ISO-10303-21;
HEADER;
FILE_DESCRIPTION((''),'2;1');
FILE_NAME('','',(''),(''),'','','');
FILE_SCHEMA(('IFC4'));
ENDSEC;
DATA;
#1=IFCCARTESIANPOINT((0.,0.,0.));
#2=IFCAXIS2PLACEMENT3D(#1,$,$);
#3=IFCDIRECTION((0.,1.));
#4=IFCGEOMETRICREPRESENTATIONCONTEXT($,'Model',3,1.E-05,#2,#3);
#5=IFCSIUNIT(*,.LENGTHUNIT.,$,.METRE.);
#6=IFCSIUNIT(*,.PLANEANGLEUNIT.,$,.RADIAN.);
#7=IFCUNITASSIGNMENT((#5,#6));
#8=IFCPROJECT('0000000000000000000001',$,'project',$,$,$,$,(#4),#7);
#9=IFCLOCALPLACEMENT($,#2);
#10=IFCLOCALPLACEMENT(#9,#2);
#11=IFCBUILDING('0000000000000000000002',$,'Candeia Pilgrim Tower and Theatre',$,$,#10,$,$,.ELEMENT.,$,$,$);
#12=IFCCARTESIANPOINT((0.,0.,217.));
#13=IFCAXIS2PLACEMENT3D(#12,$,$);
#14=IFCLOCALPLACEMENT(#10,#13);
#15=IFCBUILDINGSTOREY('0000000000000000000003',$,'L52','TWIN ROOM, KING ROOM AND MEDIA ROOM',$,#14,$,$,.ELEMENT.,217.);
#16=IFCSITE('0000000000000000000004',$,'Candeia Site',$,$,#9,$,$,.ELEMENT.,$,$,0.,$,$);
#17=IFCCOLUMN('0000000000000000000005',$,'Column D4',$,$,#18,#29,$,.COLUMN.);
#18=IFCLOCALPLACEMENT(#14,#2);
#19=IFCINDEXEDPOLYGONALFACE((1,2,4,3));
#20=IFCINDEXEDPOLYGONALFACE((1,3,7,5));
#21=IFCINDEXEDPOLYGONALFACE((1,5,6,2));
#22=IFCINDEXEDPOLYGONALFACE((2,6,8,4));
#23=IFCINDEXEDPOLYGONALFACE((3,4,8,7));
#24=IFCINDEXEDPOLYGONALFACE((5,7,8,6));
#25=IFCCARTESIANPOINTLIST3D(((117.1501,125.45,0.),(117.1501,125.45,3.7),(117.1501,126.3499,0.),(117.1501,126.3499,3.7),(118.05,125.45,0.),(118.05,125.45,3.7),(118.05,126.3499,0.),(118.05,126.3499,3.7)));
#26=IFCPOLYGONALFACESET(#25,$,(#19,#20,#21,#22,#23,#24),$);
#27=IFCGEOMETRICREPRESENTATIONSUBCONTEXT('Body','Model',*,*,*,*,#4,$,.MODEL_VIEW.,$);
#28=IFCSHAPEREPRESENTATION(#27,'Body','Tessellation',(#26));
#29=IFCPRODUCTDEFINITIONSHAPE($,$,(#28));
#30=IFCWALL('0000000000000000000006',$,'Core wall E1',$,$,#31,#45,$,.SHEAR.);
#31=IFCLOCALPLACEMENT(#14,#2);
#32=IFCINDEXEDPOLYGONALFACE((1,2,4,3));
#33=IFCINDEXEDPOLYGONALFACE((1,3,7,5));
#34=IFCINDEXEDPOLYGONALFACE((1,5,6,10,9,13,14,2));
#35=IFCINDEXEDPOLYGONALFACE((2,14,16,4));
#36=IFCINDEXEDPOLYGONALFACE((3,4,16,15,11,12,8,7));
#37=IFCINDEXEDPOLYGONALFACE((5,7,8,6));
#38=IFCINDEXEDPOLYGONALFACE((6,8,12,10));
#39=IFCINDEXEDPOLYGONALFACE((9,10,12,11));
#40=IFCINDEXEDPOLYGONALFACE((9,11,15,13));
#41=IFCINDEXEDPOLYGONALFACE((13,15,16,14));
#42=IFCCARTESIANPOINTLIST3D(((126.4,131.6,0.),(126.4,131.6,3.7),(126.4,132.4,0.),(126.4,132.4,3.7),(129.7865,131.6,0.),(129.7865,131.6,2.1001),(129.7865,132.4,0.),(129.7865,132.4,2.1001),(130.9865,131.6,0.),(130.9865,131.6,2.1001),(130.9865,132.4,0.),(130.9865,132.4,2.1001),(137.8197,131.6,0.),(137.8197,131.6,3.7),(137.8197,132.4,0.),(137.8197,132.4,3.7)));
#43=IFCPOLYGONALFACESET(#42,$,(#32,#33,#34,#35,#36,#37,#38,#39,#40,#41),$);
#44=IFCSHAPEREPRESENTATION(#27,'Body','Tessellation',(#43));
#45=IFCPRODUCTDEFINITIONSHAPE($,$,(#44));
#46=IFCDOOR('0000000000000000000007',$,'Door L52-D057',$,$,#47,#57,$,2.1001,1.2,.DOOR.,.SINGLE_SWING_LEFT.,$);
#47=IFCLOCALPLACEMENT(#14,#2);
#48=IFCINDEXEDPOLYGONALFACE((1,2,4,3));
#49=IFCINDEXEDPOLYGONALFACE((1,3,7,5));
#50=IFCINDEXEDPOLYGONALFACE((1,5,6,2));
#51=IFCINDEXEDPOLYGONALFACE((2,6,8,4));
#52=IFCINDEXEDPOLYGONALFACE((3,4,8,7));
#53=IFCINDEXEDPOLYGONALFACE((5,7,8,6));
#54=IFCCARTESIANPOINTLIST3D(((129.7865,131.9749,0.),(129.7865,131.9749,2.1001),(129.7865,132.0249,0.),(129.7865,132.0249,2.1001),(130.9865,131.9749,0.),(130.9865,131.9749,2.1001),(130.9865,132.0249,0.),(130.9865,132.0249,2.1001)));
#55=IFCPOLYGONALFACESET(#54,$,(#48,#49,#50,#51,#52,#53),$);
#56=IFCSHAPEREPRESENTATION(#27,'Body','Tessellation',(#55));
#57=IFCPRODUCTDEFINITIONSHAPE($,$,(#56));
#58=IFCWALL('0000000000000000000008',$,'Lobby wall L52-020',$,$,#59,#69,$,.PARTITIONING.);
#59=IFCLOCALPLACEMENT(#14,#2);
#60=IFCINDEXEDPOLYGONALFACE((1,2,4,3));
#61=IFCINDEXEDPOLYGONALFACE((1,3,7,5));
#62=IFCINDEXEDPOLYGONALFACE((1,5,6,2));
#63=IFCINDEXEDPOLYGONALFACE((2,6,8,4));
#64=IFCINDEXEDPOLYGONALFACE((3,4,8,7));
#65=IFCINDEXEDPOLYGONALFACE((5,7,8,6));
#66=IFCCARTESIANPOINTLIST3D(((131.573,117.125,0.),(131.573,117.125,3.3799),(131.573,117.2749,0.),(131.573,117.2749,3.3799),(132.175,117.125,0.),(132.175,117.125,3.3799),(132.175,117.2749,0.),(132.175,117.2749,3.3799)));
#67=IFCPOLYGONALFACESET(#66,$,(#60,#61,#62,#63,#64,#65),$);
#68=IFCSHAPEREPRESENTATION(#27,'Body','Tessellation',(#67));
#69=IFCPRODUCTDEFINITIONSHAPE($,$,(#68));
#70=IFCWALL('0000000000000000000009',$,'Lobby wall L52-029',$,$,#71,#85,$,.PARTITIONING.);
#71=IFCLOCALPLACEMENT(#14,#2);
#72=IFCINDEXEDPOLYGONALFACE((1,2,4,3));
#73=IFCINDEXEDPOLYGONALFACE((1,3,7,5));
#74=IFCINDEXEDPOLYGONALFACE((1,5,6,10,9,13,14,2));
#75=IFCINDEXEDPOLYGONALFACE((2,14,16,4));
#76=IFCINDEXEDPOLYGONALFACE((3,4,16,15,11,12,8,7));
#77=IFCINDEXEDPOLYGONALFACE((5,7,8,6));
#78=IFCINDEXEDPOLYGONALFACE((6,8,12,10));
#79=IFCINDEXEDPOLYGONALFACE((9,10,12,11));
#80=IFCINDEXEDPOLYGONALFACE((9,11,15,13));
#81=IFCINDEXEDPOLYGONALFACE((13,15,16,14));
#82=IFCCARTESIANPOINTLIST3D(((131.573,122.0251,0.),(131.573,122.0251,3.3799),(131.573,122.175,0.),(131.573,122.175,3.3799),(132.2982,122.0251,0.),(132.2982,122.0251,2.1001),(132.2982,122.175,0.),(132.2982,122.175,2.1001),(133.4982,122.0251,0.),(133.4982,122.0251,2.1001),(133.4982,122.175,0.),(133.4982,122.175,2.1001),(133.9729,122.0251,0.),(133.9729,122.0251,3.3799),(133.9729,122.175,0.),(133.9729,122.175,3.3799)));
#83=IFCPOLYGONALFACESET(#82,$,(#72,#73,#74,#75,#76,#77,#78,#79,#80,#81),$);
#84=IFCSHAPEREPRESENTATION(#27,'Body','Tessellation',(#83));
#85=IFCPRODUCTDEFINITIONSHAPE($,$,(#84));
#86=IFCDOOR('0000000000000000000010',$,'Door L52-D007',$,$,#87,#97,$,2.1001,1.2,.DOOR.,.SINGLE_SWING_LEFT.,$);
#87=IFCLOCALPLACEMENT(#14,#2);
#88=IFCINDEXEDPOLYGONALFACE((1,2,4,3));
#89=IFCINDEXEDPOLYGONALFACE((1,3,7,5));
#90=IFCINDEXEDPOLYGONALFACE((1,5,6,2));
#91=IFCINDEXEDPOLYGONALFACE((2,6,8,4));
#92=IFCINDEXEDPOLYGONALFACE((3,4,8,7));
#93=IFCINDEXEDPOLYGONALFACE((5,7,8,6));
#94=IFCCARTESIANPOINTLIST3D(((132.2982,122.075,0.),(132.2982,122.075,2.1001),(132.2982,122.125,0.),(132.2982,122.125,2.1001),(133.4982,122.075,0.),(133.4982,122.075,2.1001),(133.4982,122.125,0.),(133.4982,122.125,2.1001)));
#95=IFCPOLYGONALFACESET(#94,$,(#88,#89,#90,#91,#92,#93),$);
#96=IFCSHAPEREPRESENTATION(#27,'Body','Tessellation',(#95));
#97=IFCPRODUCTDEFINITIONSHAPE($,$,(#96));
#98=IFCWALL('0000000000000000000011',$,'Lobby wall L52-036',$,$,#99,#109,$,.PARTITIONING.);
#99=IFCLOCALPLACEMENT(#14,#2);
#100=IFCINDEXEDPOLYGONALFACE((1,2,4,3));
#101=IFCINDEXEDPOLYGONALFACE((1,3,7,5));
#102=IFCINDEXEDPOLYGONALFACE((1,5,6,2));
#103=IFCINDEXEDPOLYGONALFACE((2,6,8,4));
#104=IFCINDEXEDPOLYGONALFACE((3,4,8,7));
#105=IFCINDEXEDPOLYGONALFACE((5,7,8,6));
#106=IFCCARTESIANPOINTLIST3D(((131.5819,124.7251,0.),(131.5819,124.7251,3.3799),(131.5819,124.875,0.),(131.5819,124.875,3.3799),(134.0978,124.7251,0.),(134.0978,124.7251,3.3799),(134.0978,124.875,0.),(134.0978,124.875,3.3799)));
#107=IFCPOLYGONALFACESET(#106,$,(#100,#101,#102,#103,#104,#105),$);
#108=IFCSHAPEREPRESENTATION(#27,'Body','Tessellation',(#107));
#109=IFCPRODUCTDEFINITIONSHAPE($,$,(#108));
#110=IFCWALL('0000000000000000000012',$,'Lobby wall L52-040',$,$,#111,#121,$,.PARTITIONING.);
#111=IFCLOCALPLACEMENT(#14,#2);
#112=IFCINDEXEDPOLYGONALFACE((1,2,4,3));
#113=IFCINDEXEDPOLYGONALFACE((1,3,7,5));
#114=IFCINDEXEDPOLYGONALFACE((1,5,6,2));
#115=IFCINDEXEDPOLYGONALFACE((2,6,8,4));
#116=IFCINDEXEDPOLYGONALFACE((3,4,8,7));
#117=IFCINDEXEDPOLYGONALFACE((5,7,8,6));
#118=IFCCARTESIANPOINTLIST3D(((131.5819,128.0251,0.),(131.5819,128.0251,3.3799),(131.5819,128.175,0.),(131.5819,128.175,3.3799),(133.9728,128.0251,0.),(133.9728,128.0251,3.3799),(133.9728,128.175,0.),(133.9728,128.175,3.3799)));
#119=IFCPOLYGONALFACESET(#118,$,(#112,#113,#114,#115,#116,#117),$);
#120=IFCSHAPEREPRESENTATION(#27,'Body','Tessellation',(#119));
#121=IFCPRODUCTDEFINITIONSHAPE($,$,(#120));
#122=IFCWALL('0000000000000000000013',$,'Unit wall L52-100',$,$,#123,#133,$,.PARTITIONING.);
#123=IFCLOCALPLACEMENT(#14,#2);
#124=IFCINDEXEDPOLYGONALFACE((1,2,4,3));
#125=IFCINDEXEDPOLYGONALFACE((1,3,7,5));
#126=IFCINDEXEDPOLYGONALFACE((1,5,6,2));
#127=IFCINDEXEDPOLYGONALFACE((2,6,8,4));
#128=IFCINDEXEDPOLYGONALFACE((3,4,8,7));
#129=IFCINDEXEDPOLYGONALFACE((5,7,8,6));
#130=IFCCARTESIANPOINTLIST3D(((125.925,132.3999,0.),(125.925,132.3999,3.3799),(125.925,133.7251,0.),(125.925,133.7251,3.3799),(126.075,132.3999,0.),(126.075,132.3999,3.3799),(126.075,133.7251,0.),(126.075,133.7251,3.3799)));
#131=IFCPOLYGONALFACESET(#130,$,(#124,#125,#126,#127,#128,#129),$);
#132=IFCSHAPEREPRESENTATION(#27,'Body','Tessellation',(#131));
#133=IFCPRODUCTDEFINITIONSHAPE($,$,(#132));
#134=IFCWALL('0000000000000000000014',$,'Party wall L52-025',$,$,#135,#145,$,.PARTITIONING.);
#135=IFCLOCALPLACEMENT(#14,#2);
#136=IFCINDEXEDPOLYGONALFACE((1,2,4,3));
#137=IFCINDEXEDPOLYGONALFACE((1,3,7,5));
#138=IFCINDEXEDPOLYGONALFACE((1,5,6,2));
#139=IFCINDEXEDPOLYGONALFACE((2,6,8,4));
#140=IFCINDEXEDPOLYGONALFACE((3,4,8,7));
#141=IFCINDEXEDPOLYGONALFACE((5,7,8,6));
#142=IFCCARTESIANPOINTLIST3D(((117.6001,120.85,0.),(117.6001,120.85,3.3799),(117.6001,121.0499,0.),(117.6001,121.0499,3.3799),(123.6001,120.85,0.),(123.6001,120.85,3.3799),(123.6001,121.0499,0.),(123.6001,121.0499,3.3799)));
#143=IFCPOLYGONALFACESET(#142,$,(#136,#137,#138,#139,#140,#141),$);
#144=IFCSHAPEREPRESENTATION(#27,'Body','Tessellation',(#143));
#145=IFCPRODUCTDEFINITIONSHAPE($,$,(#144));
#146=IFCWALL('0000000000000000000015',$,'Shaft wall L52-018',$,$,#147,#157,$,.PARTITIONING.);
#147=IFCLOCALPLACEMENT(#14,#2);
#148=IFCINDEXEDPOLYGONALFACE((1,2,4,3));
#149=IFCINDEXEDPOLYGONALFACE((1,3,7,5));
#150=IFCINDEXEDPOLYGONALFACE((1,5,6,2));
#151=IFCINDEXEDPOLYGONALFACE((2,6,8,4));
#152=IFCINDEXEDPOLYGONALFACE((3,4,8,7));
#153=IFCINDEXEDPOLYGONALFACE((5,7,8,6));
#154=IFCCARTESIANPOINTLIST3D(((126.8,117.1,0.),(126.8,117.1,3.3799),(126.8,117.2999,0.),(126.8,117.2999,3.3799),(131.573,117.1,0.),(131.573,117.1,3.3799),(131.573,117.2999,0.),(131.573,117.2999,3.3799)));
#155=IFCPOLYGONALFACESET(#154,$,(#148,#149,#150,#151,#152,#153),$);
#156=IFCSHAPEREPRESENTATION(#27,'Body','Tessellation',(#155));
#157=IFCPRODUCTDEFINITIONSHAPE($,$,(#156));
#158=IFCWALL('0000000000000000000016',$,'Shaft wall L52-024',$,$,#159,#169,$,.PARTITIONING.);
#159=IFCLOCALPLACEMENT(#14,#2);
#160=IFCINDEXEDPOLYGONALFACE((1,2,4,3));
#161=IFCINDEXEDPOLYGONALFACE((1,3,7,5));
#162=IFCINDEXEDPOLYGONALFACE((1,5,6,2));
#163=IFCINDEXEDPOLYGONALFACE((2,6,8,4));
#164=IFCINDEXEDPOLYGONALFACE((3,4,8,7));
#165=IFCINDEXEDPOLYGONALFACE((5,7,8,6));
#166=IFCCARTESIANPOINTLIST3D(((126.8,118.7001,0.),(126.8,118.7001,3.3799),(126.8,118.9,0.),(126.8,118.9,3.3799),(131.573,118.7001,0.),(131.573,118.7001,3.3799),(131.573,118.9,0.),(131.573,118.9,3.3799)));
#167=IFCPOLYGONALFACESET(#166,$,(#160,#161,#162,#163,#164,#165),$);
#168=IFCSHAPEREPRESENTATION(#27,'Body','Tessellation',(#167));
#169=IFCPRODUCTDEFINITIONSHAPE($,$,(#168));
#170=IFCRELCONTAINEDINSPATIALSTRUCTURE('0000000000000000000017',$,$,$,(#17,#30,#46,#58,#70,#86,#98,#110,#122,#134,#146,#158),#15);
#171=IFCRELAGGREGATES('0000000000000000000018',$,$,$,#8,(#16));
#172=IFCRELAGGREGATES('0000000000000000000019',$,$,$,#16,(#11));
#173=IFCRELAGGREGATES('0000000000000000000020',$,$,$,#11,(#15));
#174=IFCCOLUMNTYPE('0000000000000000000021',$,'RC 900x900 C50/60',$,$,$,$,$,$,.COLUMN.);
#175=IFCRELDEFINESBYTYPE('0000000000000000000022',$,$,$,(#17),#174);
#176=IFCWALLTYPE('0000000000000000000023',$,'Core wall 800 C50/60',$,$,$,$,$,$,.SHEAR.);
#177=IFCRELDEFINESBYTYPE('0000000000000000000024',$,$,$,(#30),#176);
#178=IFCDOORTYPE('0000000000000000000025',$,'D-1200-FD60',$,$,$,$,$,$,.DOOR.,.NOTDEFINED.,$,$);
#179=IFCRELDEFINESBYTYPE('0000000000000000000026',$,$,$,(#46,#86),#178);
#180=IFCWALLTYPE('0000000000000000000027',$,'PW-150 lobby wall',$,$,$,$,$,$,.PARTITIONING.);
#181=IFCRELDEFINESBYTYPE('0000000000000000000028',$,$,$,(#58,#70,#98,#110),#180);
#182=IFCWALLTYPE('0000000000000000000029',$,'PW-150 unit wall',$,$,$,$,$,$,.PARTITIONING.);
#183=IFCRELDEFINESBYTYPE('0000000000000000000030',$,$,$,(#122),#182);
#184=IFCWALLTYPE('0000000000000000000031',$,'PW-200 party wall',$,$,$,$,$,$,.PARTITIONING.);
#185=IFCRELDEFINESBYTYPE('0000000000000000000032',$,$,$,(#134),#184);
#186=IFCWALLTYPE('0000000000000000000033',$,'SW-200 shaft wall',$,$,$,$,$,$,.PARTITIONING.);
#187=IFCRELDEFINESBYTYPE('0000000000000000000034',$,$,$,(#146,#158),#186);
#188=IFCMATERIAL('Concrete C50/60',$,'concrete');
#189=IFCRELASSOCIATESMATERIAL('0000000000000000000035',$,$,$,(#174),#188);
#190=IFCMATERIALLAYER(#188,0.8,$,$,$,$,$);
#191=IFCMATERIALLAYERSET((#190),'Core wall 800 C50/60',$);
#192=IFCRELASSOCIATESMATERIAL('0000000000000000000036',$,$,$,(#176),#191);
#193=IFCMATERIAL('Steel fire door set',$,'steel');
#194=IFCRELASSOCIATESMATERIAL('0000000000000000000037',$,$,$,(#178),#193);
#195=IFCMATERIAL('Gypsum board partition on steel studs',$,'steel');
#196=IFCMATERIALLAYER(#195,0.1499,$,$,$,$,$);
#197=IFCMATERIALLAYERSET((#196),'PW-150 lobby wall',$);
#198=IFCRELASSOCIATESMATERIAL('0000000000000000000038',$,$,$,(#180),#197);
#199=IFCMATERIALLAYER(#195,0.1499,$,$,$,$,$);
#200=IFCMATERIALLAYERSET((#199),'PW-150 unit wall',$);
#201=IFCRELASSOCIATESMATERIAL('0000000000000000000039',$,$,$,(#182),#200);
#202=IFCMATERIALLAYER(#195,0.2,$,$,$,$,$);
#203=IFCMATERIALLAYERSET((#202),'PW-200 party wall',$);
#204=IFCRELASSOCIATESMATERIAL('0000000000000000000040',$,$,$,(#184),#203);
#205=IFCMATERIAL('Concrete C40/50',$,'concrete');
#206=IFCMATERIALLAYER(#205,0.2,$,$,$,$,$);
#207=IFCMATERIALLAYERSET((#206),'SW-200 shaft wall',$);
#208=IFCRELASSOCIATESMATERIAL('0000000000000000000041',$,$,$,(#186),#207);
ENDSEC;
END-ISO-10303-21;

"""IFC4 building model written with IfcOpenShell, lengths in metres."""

from ifc_helpers import new_model, si_unit, direction, frame, frame_2d, origin, origin_2d, place, context, subcontext, project, spatial, rectangle, extrude, material, layer, layer_set, material_profile, profile_set, type_object, element, fill, save


model = new_model("IFC4")

# Units and contexts
model_context = context("Model", 3, precision=1e-05, world=origin(), true_north=direction((0.0, 1.0)))
body_context = subcontext(model_context, "Body", "Model", "MODEL_VIEW")
ifc_project = project(units=[si_unit("LENGTHUNIT", "METRE"), si_unit("PLANEANGLEUNIT", "RADIAN")], contexts=[model_context])

# Site, building, storey
site_placement = place(None, origin())
site = spatial("IfcSite", under=ifc_project, at=site_placement, Name="Candeia Site", CompositionType="ELEMENT", RefElevation=0.0)
building_placement = place(site_placement, origin())
building = spatial("IfcBuilding", under=site, at=building_placement, Name="Candeia Pilgrim Tower and Theatre", CompositionType="ELEMENT")
storey_placement = place(building_placement, frame((0.0, 0.0, 217.0)))
storey = spatial("IfcBuildingStorey", under=building, at=storey_placement, Name="L52", Description="TWIN ROOM, KING ROOM AND MEDIA ROOM", CompositionType="ELEMENT", Elevation=217.0)

# Column
ifc_material_1 = material(Name="Concrete C50/60", Category="concrete")
ifc_material_profile = material_profile(ifc_material_1, rectangle(XDim=0.8999, YDim=0.8999, at=origin_2d()))
ifc_profile_set = profile_set([ifc_material_profile], Name="Concrete C50/60")
column_type = type_object("IfcColumnType", Name="RC 900x900 C50/60", PredefinedType="COLUMN", material=ifc_profile_set)
column_placement = place(storey_placement, frame((117.6001, 125.8999, 0.0), z_axis=(0.0, 0.0, 1.0), x_axis=(1.0, 0.0, 0.0)))
element("IfcColumn", 1, at=column_placement, inside=storey, type_object=column_type, Name="Column D4", PredefinedType="COLUMN", context=body_context, shape_type="SweptSolid", body=[
    extrude(rectangle(XDim=0.8999, YDim=0.8999, at=origin_2d()), origin(), (0.0, 0.0, 1.0), 3.7),
])

# Wall, opening, door
ifc_layer_1 = layer(ifc_material_1, 0.8)
ifc_layer_set_1 = layer_set([ifc_layer_1], Name="Core wall 800 C50/60")
wall_type_1 = type_object("IfcWallType", Name="Core wall 800 C50/60", PredefinedType="SHEAR", material=ifc_layer_set_1)
wall_1_placement = place(storey_placement, frame((126.3999, 132.0, 0.0), z_axis=(0.0, 0.0, 1.0), x_axis=(1.0, 0.0, 0.0)))
wall_1 = element("IfcWall", 2, at=wall_1_placement, inside=storey, type_object=wall_type_1, Name="Core wall E1", PredefinedType="SHEAR", context=body_context, shape_type="SweptSolid", body=[
    extrude(rectangle(XDim=11.4197, YDim=0.8, at=frame_2d((5.71, 0.0))), origin(), (0.0, 0.0, 1.0), 3.7),
])
opening_1_placement = place(wall_1_placement, frame((3.3865, 0.0, 0.0)))
opening_1 = element("IfcOpeningElement", 3, at=opening_1_placement, cuts=wall_1, PredefinedType="OPENING", context=body_context, shape_type="SweptSolid", body=[
    extrude(rectangle(XDim=1.2, YDim=2.1001, at=frame_2d((0.6001, 1.05))), frame((0.0, 0.4102, 0.0), z_axis=(0.0, -1.0, 0.0), x_axis=(1.0, 0.0, 0.0)), (0.0, 0.0, 1.0), 0.8201),
])
ifc_material_2 = material(Name="Steel fire door set", Category="steel")
door_type_1 = type_object("IfcDoorType", Name="D-1200-FD60", OperationType="NOTDEFINED", PredefinedType="DOOR", material=ifc_material_2)
door_1_placement = place(opening_1_placement, origin())
door_1 = element("IfcDoor", 4, at=door_1_placement, inside=storey, type_object=door_type_1, Name="Door L52-D057", OperationType="SINGLE_SWING_LEFT", OverallHeight=2.1001, OverallWidth=1.2, PredefinedType="DOOR", context=body_context, shape_type="SweptSolid", body=[
    extrude(rectangle(XDim=1.2, YDim=2.1001, at=frame_2d((0.6001, 1.05))), frame((0.0, 0.0249, 0.0), z_axis=(0.0, -1.0, 0.0), x_axis=(1.0, 0.0, 0.0)), (0.0, 0.0, 1.0), 0.05),
])
fill(opening_1, door_1)

# Wall
ifc_material_3 = material(Name="Gypsum board partition on steel studs", Category="steel")
ifc_layer_2 = layer(ifc_material_3, 0.1499)
ifc_layer_set_2 = layer_set([ifc_layer_2], Name="PW-150 lobby wall")
wall_type_2 = type_object("IfcWallType", Name="PW-150 lobby wall", PredefinedType="PARTITIONING", material=ifc_layer_set_2)
wall_2_placement = place(storey_placement, frame((131.573, 117.2, 0.0), z_axis=(0.0, 0.0, 1.0), x_axis=(1.0, 0.0, 0.0)))
element("IfcWall", 5, at=wall_2_placement, inside=storey, type_object=wall_type_2, Name="Lobby wall L52-020", PredefinedType="PARTITIONING", context=body_context, shape_type="SweptSolid", body=[
    extrude(rectangle(XDim=0.6021, YDim=0.1499, at=frame_2d((0.301, 0.0))), origin(), (0.0, 0.0, 1.0), 3.3799),
])

# Wall, opening, door
wall_3_placement = place(storey_placement, frame((131.573, 122.1001, 0.0), z_axis=(0.0, 0.0, 1.0), x_axis=(1.0, 0.0, 0.0)))
wall_3 = element("IfcWall", 6, at=wall_3_placement, inside=storey, type_object=wall_type_2, Name="Lobby wall L52-029", PredefinedType="PARTITIONING", context=body_context, shape_type="SweptSolid", body=[
    extrude(rectangle(XDim=2.3999, YDim=0.1499, at=frame_2d((1.2, 0.0))), origin(), (0.0, 0.0, 1.0), 3.3799),
])
opening_2_placement = place(wall_3_placement, frame((0.7251, 0.0, 0.0)))
opening_2 = element("IfcOpeningElement", 7, at=opening_2_placement, cuts=wall_3, PredefinedType="OPENING", context=body_context, shape_type="SweptSolid", body=[
    extrude(rectangle(XDim=1.2, YDim=2.1001, at=frame_2d((0.6001, 1.05))), frame((0.0, 0.085, 0.0), z_axis=(0.0, -1.0, 0.0), x_axis=(1.0, 0.0, 0.0)), (0.0, 0.0, 1.0), 0.1699),
])
door_2_placement = place(opening_2_placement, origin())
door_2 = element("IfcDoor", 8, at=door_2_placement, inside=storey, type_object=door_type_1, Name="Door L52-D007", OperationType="SINGLE_SWING_LEFT", OverallHeight=2.1001, OverallWidth=1.2, PredefinedType="DOOR", context=body_context, shape_type="SweptSolid", body=[
    extrude(rectangle(XDim=1.2, YDim=2.1001, at=frame_2d((0.6001, 1.05))), frame((0.0, 0.0249, 0.0), z_axis=(0.0, -1.0, 0.0), x_axis=(1.0, 0.0, 0.0)), (0.0, 0.0, 1.0), 0.05),
])
fill(opening_2, door_2)

# Walls
wall_4_placement = place(storey_placement, frame((131.582, 124.8, 0.0), z_axis=(0.0, 0.0, 1.0), x_axis=(1.0, 0.0, 0.0)))
element("IfcWall", 9, at=wall_4_placement, inside=storey, type_object=wall_type_2, Name="Lobby wall L52-036", PredefinedType="PARTITIONING", context=body_context, shape_type="SweptSolid", body=[
    extrude(rectangle(XDim=2.5159, YDim=0.1499, at=frame_2d((1.2578, 0.0))), origin(), (0.0, 0.0, 1.0), 3.3799),
])
wall_5_placement = place(storey_placement, frame((131.582, 128.1001, 0.0), z_axis=(0.0, 0.0, 1.0), x_axis=(1.0, 0.0, 0.0)))
element("IfcWall", 10, at=wall_5_placement, inside=storey, type_object=wall_type_2, Name="Lobby wall L52-040", PredefinedType="PARTITIONING", context=body_context, shape_type="SweptSolid", body=[
    extrude(rectangle(XDim=2.3909, YDim=0.1499, at=frame_2d((1.1953, 0.0))), origin(), (0.0, 0.0, 1.0), 3.3799),
])
ifc_layer_3 = layer(ifc_material_3, 0.1499)
ifc_layer_set_3 = layer_set([ifc_layer_3], Name="PW-150 unit wall")
wall_type_3 = type_object("IfcWallType", Name="PW-150 unit wall", PredefinedType="PARTITIONING", material=ifc_layer_set_3)
wall_6_placement = place(storey_placement, frame((126.0, 132.3999, 0.0), z_axis=(0.0, 0.0, 1.0), x_axis=(0.0, 1.0, 0.0)))
element("IfcWall", 11, at=wall_6_placement, inside=storey, type_object=wall_type_3, Name="Unit wall L52-100", PredefinedType="PARTITIONING", context=body_context, shape_type="SweptSolid", body=[
    extrude(rectangle(XDim=1.3252, YDim=0.1499, at=frame_2d((0.6626, 0.0))), origin(), (0.0, 0.0, 1.0), 3.3799),
])
ifc_layer_4 = layer(ifc_material_3, 0.2)
ifc_layer_set_4 = layer_set([ifc_layer_4], Name="PW-200 party wall")
wall_type_4 = type_object("IfcWallType", Name="PW-200 party wall", PredefinedType="PARTITIONING", material=ifc_layer_set_4)
wall_7_placement = place(storey_placement, frame((117.6001, 120.95, 0.0), z_axis=(0.0, 0.0, 1.0), x_axis=(1.0, 0.0, 0.0)))
element("IfcWall", 12, at=wall_7_placement, inside=storey, type_object=wall_type_4, Name="Party wall L52-025", PredefinedType="PARTITIONING", context=body_context, shape_type="SweptSolid", body=[
    extrude(rectangle(XDim=6.0, YDim=0.2, at=frame_2d((3.0, 0.0))), origin(), (0.0, 0.0, 1.0), 3.3799),
])
ifc_material_4 = material(Name="Concrete C40/50", Category="concrete")
ifc_layer_5 = layer(ifc_material_4, 0.2)
ifc_layer_set_5 = layer_set([ifc_layer_5], Name="SW-200 shaft wall")
wall_type_5 = type_object("IfcWallType", Name="SW-200 shaft wall", PredefinedType="PARTITIONING", material=ifc_layer_set_5)
for number, where, z_axis, x_axis, name in (
    (13, (126.8, 117.2, 0.0), (0.0, 0.0, 1.0), (1.0, 0.0, 0.0), "Shaft wall L52-018"),
    (14, (126.8, 118.8, 0.0), (0.0, 0.0, 1.0), (1.0, 0.0, 0.0), "Shaft wall L52-024"),
):
    element("IfcWall", number, at=place(storey_placement, frame(where, z_axis=z_axis, x_axis=x_axis)), inside=storey, type_object=wall_type_5, Name=name, PredefinedType="PARTITIONING", context=body_context, shape_type="SweptSolid", body=[
        extrude(rectangle(XDim=4.7729, YDim=0.2, at=frame_2d((2.3865, 0.0))), origin(), (0.0, 0.0, 1.0), 3.3799),
    ])

save(model, "model.ifc")
